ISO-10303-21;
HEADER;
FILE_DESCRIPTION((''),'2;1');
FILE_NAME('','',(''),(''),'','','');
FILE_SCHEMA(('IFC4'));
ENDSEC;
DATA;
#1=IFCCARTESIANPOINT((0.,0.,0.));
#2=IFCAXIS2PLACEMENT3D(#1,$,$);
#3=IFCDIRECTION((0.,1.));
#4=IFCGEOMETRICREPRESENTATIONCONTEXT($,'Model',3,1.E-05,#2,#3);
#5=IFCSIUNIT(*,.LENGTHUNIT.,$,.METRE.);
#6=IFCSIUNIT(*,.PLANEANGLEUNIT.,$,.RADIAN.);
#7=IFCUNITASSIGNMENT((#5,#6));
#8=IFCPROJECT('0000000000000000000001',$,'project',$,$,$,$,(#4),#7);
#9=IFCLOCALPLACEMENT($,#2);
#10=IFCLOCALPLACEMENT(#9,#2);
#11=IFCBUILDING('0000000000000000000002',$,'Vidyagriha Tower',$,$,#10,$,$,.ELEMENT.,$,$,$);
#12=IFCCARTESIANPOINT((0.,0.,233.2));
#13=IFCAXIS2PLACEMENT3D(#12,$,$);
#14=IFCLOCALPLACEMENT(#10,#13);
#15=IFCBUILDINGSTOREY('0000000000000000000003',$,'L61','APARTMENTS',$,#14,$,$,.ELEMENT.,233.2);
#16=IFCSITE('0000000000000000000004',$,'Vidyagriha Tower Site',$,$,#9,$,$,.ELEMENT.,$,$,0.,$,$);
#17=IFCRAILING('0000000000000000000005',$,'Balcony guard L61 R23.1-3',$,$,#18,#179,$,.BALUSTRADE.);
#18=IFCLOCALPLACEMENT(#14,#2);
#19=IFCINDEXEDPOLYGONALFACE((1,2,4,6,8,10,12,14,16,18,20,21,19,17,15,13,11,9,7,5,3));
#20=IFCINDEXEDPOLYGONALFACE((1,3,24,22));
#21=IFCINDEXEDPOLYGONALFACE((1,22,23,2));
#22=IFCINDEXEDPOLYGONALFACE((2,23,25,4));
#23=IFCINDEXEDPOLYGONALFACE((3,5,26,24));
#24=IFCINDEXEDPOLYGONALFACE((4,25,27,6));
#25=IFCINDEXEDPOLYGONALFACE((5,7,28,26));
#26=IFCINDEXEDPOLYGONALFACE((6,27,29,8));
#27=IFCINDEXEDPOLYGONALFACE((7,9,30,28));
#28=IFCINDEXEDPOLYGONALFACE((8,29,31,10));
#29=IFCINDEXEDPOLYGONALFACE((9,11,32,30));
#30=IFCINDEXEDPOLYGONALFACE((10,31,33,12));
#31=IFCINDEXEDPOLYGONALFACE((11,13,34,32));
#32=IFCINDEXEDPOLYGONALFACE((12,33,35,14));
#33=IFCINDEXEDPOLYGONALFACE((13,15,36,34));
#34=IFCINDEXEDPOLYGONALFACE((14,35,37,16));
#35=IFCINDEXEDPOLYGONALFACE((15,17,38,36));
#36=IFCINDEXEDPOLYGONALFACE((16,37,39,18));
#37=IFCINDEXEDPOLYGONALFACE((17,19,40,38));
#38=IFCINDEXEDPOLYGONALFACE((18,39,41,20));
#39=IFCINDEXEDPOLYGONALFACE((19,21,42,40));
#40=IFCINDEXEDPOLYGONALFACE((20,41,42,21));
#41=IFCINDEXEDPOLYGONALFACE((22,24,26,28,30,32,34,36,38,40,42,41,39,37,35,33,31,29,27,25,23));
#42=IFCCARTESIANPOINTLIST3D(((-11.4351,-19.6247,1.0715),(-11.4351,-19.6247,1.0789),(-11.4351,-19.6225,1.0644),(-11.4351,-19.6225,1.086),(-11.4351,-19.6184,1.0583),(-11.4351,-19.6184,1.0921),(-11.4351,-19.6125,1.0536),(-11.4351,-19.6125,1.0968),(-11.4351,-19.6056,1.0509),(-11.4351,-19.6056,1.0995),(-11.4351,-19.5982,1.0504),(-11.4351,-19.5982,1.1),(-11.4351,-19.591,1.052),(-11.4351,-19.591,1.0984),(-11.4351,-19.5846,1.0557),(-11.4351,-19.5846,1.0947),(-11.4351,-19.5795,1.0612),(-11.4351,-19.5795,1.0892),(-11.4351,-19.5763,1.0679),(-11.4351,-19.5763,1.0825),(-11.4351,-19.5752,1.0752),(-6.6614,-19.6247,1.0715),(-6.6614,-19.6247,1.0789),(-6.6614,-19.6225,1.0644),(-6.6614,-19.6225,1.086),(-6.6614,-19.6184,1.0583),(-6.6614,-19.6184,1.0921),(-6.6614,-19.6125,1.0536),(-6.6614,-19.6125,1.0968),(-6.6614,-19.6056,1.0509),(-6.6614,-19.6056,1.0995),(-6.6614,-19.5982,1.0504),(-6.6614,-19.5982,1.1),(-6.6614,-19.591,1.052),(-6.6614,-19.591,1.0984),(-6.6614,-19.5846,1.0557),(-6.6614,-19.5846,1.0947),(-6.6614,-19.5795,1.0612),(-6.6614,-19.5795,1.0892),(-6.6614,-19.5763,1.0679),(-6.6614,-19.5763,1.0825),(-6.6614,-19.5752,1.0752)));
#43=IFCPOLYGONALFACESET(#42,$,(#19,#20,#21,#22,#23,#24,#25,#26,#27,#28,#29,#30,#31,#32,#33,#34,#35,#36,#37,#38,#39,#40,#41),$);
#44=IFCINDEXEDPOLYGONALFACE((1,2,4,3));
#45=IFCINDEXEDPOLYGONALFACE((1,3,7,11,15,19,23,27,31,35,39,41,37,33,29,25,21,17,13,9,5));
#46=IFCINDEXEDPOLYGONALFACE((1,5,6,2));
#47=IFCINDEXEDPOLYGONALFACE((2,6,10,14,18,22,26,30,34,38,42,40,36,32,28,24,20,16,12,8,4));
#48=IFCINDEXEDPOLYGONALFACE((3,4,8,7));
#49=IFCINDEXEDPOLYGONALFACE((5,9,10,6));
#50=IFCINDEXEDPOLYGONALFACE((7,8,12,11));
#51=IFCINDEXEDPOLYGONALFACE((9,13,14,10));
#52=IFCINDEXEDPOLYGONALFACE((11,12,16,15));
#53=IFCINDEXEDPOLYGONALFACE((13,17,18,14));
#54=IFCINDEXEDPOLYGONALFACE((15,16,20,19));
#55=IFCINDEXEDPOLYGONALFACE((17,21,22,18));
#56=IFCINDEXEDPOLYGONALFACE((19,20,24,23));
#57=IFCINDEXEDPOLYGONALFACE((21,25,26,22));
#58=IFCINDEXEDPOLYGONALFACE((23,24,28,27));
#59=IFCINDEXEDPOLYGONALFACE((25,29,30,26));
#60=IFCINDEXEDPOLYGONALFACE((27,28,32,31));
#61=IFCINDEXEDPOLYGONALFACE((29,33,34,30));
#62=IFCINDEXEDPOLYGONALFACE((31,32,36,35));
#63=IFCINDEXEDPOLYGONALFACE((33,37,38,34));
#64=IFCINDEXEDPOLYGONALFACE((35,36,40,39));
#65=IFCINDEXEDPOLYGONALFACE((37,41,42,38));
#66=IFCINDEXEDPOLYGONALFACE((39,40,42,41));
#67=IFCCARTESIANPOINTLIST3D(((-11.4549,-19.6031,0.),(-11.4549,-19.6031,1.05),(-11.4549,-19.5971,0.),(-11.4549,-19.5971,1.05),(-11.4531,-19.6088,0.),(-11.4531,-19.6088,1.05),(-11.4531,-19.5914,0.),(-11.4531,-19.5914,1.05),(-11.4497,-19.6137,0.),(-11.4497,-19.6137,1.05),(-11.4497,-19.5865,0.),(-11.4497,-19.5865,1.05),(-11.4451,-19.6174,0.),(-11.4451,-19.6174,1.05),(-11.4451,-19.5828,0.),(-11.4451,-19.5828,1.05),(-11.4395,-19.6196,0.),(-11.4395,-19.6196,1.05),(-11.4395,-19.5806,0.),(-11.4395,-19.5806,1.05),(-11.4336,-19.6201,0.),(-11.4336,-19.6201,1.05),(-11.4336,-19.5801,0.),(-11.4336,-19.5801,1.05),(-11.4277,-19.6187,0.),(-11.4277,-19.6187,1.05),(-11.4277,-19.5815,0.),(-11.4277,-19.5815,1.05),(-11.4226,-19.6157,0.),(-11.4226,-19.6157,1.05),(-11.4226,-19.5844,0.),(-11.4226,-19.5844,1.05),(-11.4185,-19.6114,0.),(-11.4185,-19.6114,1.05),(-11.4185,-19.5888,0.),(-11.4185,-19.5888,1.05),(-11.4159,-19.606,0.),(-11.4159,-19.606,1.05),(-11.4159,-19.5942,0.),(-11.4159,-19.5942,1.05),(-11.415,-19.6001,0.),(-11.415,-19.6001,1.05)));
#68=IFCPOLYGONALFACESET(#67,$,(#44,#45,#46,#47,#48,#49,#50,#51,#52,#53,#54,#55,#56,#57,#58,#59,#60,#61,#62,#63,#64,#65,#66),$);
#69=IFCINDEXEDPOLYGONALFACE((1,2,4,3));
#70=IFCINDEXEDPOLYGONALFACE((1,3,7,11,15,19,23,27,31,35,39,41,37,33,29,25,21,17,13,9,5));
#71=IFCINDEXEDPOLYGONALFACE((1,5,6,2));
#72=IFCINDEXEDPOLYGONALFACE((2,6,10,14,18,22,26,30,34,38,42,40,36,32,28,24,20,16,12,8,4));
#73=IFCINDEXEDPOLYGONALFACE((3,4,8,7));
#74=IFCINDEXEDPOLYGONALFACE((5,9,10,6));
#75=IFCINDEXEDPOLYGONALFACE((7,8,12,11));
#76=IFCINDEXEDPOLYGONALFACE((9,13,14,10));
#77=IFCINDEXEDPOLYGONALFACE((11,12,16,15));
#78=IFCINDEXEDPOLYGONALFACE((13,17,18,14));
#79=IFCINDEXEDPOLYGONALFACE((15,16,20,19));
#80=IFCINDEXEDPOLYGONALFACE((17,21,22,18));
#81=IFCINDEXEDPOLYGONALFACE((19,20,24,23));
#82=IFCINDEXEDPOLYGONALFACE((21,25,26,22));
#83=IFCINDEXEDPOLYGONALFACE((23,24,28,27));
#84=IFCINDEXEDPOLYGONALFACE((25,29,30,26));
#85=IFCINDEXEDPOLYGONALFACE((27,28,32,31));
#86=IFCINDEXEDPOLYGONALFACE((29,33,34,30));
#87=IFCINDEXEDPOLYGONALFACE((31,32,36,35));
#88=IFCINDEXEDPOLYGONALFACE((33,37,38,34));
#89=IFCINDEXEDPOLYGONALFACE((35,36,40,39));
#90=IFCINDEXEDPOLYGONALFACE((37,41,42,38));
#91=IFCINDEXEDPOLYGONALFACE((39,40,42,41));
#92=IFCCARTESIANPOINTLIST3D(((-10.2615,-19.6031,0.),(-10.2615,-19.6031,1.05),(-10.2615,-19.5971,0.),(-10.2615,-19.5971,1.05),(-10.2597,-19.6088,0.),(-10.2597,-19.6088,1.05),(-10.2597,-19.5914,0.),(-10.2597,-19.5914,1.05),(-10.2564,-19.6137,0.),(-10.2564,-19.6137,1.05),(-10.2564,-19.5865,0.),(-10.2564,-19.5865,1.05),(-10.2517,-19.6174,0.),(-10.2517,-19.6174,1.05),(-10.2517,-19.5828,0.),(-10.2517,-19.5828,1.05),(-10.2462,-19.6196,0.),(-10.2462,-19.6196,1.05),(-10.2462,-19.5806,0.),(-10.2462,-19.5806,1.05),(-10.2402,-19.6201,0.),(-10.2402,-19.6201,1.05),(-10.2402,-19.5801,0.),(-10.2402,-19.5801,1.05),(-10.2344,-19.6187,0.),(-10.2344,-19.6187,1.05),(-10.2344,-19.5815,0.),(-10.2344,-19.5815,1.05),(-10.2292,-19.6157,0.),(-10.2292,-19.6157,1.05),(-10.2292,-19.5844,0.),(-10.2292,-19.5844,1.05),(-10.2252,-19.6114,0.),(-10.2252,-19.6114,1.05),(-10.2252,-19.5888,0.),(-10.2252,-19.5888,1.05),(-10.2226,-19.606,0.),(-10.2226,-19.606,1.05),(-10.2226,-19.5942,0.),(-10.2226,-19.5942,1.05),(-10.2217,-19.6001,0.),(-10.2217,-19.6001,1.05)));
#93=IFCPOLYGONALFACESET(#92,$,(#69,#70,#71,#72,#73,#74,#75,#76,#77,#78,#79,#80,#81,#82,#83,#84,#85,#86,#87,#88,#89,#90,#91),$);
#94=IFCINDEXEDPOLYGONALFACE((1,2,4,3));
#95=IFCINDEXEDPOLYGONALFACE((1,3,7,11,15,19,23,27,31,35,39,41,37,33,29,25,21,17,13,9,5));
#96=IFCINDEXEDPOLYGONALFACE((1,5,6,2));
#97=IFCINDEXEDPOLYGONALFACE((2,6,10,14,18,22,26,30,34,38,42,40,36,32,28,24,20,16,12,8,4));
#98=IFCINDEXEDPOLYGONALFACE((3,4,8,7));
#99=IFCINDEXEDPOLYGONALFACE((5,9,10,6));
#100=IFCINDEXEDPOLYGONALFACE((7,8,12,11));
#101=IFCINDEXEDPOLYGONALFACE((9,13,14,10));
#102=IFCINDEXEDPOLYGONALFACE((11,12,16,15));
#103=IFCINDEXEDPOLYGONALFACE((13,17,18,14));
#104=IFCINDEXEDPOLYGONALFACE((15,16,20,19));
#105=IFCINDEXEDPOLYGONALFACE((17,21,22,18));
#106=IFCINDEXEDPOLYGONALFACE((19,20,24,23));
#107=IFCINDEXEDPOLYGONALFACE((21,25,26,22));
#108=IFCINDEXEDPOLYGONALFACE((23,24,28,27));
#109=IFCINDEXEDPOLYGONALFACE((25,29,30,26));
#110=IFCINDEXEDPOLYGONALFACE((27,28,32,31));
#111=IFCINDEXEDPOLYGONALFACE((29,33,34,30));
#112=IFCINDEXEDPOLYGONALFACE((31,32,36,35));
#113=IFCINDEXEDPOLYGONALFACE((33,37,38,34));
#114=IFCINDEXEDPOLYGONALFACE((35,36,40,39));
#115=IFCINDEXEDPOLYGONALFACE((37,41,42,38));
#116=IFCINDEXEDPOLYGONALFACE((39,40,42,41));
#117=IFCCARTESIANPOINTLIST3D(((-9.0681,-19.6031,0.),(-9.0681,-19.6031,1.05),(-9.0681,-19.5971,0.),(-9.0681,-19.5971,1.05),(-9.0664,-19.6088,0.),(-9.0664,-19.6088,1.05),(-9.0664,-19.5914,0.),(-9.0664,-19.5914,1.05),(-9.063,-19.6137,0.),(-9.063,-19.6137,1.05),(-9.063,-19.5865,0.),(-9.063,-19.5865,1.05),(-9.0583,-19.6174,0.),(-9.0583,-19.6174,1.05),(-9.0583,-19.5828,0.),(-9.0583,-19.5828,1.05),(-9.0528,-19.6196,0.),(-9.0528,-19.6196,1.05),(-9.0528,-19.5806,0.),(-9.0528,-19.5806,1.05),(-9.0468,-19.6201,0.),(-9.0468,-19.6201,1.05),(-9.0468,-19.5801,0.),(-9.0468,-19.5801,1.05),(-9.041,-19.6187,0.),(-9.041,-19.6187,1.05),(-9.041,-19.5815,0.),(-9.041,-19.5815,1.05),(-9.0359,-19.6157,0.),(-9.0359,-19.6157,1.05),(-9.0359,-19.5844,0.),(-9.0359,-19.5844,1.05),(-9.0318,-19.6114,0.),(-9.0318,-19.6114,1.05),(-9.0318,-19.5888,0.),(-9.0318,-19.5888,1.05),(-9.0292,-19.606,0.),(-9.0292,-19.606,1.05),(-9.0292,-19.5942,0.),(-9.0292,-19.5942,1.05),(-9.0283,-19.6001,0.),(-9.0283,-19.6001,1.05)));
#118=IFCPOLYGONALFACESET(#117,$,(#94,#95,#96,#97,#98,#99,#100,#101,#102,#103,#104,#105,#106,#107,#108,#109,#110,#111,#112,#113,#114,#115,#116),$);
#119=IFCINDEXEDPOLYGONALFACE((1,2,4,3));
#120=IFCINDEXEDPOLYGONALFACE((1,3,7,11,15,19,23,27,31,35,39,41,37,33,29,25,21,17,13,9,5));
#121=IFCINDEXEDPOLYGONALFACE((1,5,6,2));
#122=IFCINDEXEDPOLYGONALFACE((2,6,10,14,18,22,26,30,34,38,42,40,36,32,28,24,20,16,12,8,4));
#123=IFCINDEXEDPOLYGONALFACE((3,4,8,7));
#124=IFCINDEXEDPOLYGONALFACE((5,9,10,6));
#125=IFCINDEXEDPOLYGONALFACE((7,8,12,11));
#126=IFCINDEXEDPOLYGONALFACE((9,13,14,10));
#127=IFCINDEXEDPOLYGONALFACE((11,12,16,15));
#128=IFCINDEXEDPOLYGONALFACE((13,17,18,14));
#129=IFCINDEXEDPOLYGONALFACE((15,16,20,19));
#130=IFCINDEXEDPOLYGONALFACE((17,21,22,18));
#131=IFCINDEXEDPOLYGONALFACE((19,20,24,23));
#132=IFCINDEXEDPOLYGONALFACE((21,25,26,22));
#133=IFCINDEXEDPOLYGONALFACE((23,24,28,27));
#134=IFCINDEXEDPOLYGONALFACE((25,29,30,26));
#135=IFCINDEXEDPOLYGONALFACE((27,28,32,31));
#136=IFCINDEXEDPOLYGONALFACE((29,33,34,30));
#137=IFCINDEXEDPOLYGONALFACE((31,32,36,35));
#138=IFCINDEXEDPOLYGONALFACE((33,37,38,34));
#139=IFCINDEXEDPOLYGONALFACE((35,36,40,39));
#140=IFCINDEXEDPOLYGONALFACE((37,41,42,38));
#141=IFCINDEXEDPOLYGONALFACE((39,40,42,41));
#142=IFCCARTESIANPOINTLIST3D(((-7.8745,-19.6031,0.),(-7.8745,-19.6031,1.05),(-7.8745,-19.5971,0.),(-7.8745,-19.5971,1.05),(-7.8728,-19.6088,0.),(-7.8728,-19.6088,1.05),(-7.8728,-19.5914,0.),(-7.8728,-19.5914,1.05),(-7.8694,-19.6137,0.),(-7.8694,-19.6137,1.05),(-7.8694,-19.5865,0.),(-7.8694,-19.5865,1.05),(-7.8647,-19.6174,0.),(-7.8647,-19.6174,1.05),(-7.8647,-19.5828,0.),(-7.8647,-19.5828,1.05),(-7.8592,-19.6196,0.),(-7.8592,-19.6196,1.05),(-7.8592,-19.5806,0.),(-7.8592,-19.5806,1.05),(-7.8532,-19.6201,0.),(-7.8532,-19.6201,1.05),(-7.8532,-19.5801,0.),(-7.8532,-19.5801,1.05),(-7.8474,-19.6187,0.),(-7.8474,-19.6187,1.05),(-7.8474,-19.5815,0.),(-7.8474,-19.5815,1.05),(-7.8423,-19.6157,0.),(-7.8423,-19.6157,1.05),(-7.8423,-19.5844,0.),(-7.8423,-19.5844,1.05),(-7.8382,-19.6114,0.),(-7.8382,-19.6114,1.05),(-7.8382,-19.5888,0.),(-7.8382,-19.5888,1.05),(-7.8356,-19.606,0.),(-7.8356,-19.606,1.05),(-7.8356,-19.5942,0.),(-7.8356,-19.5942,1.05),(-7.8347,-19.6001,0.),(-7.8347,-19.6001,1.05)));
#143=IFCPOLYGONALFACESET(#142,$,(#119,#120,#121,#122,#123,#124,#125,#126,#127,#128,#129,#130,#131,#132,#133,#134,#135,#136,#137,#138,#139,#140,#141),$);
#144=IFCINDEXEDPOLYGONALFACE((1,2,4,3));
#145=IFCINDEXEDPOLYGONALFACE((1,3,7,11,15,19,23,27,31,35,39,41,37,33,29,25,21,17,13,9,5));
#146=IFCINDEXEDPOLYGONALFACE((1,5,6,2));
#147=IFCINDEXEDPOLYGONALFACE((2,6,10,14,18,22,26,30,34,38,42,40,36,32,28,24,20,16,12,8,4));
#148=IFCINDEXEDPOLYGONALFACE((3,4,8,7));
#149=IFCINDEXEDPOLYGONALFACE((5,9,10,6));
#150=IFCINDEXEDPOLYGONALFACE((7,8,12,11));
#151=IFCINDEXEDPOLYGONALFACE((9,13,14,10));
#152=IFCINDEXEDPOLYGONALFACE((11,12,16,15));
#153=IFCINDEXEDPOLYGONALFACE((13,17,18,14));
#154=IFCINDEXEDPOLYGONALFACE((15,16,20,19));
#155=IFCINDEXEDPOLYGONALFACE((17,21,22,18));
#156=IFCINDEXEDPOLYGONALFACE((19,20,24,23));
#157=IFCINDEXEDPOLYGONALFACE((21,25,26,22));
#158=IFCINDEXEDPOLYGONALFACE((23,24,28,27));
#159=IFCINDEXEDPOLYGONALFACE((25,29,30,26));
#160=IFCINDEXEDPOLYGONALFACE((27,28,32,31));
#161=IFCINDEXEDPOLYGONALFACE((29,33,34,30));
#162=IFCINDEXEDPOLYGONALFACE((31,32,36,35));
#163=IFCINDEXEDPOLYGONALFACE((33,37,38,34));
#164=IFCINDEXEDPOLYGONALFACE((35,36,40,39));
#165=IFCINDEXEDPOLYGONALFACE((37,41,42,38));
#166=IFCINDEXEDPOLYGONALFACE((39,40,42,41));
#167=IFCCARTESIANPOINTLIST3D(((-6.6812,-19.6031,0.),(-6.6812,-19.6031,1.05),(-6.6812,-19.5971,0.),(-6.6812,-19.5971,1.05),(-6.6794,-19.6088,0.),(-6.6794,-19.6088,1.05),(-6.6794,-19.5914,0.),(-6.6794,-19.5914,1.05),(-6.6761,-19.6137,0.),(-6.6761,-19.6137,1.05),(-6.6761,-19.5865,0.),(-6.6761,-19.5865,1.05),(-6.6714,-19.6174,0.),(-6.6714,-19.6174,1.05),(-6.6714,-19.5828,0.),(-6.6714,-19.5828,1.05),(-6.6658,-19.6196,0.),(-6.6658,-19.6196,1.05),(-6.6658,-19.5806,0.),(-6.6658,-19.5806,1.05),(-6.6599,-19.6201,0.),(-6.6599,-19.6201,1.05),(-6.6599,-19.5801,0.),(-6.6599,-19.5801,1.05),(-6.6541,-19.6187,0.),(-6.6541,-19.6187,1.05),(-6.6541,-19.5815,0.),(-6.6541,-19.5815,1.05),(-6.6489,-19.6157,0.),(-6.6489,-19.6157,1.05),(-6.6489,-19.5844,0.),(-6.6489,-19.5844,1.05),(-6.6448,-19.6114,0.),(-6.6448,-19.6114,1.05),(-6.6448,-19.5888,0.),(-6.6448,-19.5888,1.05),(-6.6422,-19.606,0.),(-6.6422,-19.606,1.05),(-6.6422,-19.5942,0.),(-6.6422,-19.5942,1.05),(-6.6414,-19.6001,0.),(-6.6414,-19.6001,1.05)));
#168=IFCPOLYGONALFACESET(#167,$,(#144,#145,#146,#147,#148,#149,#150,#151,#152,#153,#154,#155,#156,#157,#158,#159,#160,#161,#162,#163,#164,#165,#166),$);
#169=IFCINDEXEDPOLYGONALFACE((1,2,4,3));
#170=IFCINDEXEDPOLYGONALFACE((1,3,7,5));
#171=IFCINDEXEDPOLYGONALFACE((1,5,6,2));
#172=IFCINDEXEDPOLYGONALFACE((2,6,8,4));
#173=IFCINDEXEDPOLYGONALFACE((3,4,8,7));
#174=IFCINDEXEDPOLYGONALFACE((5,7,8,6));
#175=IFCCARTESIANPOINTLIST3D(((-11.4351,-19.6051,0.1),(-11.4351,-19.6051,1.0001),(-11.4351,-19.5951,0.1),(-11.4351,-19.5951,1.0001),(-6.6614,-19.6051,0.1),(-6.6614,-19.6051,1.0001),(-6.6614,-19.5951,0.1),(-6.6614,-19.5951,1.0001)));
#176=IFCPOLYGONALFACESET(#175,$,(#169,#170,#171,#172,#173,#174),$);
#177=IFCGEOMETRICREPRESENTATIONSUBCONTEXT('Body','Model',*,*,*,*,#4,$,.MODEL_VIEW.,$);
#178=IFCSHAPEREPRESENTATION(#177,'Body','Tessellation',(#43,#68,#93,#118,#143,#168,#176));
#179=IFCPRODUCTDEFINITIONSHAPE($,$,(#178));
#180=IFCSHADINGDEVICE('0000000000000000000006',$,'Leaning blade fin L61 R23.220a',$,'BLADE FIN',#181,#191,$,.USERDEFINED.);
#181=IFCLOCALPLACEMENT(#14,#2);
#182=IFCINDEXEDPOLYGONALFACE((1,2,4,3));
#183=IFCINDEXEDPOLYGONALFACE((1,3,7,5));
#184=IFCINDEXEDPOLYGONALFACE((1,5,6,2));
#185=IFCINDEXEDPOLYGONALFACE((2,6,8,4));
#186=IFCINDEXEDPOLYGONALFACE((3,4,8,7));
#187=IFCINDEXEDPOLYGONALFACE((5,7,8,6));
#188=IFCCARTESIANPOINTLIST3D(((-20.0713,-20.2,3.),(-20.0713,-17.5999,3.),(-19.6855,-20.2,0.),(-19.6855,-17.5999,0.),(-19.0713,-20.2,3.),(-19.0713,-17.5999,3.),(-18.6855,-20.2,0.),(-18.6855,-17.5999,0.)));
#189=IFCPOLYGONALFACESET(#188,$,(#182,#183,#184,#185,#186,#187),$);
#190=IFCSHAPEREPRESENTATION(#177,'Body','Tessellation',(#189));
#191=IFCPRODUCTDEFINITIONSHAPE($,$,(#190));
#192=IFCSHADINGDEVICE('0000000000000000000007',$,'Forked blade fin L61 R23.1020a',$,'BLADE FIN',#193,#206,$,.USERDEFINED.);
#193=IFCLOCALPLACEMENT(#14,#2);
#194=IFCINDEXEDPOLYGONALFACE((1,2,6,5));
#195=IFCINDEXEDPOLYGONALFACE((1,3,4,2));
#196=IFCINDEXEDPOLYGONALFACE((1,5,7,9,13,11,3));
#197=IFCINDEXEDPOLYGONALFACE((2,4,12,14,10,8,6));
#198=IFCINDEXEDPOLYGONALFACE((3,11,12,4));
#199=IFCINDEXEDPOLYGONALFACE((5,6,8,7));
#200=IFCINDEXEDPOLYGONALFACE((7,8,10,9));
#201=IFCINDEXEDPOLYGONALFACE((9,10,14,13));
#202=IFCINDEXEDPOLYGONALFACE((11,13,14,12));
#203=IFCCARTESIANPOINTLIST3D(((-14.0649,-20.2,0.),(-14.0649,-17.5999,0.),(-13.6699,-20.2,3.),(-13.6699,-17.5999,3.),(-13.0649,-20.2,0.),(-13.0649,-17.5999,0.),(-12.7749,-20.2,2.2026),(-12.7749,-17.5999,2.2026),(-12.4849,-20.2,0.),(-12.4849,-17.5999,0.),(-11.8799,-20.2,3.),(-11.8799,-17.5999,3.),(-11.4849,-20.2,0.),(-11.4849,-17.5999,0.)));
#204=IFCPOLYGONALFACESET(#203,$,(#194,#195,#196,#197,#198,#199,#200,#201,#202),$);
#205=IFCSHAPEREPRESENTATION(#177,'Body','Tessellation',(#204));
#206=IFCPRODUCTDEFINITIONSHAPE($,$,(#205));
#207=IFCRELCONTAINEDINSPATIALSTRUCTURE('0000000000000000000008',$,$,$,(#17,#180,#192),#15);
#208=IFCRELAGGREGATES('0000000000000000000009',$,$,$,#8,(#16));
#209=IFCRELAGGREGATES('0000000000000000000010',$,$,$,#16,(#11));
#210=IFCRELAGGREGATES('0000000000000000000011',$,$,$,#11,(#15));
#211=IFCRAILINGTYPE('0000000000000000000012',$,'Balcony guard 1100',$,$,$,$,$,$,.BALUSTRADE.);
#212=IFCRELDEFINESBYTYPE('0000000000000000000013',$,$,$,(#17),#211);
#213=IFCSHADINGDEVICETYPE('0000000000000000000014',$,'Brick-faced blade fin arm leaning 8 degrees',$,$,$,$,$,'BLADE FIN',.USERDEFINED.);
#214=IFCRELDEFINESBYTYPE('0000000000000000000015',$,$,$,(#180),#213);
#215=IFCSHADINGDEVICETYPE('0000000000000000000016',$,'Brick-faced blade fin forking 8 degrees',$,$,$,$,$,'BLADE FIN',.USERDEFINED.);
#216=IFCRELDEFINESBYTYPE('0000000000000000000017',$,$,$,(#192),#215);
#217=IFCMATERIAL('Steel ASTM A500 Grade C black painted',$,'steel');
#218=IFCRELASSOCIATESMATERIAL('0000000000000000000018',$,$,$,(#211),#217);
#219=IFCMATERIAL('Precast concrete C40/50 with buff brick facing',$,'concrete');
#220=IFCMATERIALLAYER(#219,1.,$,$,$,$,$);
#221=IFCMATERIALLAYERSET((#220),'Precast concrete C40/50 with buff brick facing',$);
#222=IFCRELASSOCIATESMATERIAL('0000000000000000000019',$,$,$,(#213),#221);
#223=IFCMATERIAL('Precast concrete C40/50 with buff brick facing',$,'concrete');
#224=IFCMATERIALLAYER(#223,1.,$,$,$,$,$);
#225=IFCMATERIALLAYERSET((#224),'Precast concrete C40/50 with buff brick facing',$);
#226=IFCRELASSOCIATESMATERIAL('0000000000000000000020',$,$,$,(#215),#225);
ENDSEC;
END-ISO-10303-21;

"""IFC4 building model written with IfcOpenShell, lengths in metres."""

from ifc_helpers import new_model, si_unit, direction, frame, origin, origin_2d, place, context, subcontext, project, spatial, polyline, rectangle, circle, outline, extrude, material, layer, layer_set, type_object, element, save


model = new_model("IFC4")

# Units and contexts
model_context = context("Model", 3, precision=1e-05, world=origin(), true_north=direction((0.0, 1.0)))
body_context = subcontext(model_context, "Body", "Model", "MODEL_VIEW")
ifc_project = project(units=[si_unit("LENGTHUNIT", "METRE"), si_unit("PLANEANGLEUNIT", "RADIAN")], contexts=[model_context])

# Site, building, storey
site_placement = place(None, origin())
site = spatial("IfcSite", under=ifc_project, at=site_placement, Name="Vidyagriha Tower Site", CompositionType="ELEMENT", RefElevation=0.0)
building_placement = place(site_placement, origin())
building = spatial("IfcBuilding", under=site, at=building_placement, Name="Vidyagriha Tower", CompositionType="ELEMENT")
storey_placement = place(building_placement, frame((0.0, 0.0, 233.2)))
storey = spatial("IfcBuildingStorey", under=building, at=storey_placement, Name="L61", Description="APARTMENTS", CompositionType="ELEMENT", Elevation=233.2)

# Railing
ifc_material_1 = material(Name="Steel ASTM A500 Grade C black painted", Category="steel")
railing_type = type_object("IfcRailingType", Name="Balcony guard 1100", PredefinedType="BALUSTRADE", material=ifc_material_1)
railing_1_placement = place(storey_placement, frame((-11.4351, -19.6001, 0.0)))
element("IfcRailing", 1, at=railing_1_placement, inside=storey, type_object=railing_type, Name="Balcony guard L61 R23.1-3", PredefinedType="BALUSTRADE", context=body_context, shape_type="SweptSolid", body=[
    extrude(circle(Radius=0.0249, at=origin_2d()), frame((0.0, 0.0, 1.0752), z_axis=(1.0, 0.0, 0.0), x_axis=(0.0, 1.0, 0.0)), (0.0, 0.0, 1.0), 4.7737),
    extrude(circle(Radius=0.02, at=origin_2d()), origin(), (0.0, 0.0, 1.0), 1.05),
    extrude(circle(Radius=0.02, at=origin_2d()), frame((1.1934, 0.0, 0.0)), (0.0, 0.0, 1.0), 1.05),
    extrude(circle(Radius=0.02, at=origin_2d()), frame((2.3867, 0.0, 0.0)), (0.0, 0.0, 1.0), 1.05),
    extrude(circle(Radius=0.02, at=origin_2d()), frame((3.5803, 0.0, 0.0)), (0.0, 0.0, 1.0), 1.05),
    extrude(circle(Radius=0.02, at=origin_2d()), frame((4.7737, 0.0, 0.0)), (0.0, 0.0, 1.0), 1.05),
    extrude(rectangle(XDim=0.01, YDim=0.9001, at=origin_2d()), frame((0.0, 0.0, 0.55), z_axis=(1.0, 0.0, 0.0), x_axis=(0.0, 1.0, 0.0)), (0.0, 0.0, 1.0), 4.7737),
])

# Shading devices
ifc_material_2 = material(Name="Precast concrete C40/50 with buff brick facing", Category="concrete")
ifc_layer_1 = layer(ifc_material_2, 1.0)
ifc_layer_set_1 = layer_set([ifc_layer_1], Name="Precast concrete C40/50 with buff brick facing")
shading_device_type_1 = type_object("IfcShadingDeviceType", Name="Brick-faced blade fin arm leaning 8 degrees", ElementType="BLADE FIN", PredefinedType="USERDEFINED", material=ifc_layer_set_1)
shading_device_1_placement = place(storey_placement, frame((-20.0713, -18.8999, 0.0)))
element("IfcShadingDevice", 2, at=shading_device_1_placement, inside=storey, type_object=shading_device_type_1, Name="Leaning blade fin L61 R23.220a", ObjectType="BLADE FIN", PredefinedType="USERDEFINED", context=body_context, shape_type="SweptSolid", body=[
    extrude(outline(polyline([(0.3857, 0.0), (1.3857, 0.0), (1.0, 3.0), (0.0, 3.0), (0.3857, 0.0)])), frame((0.0, 1.3, 0.0), z_axis=(0.0, -1.0, 0.0), x_axis=(1.0, 0.0, 0.0)), (0.0, 0.0, 1.0), 2.6001),
])
ifc_material_3 = material(Name="Precast concrete C40/50 with buff brick facing", Category="concrete")
ifc_layer_2 = layer(ifc_material_3, 1.0)
ifc_layer_set_2 = layer_set([ifc_layer_2], Name="Precast concrete C40/50 with buff brick facing")
shading_device_type_2 = type_object("IfcShadingDeviceType", Name="Brick-faced blade fin forking 8 degrees", ElementType="BLADE FIN", PredefinedType="USERDEFINED", material=ifc_layer_set_2)
shading_device_2_placement = place(storey_placement, frame((-14.0649, -18.8999, 0.0)))
element("IfcShadingDevice", 3, at=shading_device_2_placement, inside=storey, type_object=shading_device_type_2, Name="Forked blade fin L61 R23.1020a", ObjectType="BLADE FIN", PredefinedType="USERDEFINED", context=body_context, shape_type="SweptSolid", body=[
    extrude(outline(polyline([(1.0, 0.0), (1.29, 2.2026), (1.5801, 0.0), (2.5801, 0.0), (2.1851, 3.0), (0.395, 3.0), (0.0, 0.0), (1.0, 0.0)])), frame((0.0, 1.3, 0.0), z_axis=(0.0, -1.0, 0.0), x_axis=(1.0, 0.0, 0.0)), (0.0, 0.0, 1.0), 2.6001),
])

save(model, "model.ifc")
